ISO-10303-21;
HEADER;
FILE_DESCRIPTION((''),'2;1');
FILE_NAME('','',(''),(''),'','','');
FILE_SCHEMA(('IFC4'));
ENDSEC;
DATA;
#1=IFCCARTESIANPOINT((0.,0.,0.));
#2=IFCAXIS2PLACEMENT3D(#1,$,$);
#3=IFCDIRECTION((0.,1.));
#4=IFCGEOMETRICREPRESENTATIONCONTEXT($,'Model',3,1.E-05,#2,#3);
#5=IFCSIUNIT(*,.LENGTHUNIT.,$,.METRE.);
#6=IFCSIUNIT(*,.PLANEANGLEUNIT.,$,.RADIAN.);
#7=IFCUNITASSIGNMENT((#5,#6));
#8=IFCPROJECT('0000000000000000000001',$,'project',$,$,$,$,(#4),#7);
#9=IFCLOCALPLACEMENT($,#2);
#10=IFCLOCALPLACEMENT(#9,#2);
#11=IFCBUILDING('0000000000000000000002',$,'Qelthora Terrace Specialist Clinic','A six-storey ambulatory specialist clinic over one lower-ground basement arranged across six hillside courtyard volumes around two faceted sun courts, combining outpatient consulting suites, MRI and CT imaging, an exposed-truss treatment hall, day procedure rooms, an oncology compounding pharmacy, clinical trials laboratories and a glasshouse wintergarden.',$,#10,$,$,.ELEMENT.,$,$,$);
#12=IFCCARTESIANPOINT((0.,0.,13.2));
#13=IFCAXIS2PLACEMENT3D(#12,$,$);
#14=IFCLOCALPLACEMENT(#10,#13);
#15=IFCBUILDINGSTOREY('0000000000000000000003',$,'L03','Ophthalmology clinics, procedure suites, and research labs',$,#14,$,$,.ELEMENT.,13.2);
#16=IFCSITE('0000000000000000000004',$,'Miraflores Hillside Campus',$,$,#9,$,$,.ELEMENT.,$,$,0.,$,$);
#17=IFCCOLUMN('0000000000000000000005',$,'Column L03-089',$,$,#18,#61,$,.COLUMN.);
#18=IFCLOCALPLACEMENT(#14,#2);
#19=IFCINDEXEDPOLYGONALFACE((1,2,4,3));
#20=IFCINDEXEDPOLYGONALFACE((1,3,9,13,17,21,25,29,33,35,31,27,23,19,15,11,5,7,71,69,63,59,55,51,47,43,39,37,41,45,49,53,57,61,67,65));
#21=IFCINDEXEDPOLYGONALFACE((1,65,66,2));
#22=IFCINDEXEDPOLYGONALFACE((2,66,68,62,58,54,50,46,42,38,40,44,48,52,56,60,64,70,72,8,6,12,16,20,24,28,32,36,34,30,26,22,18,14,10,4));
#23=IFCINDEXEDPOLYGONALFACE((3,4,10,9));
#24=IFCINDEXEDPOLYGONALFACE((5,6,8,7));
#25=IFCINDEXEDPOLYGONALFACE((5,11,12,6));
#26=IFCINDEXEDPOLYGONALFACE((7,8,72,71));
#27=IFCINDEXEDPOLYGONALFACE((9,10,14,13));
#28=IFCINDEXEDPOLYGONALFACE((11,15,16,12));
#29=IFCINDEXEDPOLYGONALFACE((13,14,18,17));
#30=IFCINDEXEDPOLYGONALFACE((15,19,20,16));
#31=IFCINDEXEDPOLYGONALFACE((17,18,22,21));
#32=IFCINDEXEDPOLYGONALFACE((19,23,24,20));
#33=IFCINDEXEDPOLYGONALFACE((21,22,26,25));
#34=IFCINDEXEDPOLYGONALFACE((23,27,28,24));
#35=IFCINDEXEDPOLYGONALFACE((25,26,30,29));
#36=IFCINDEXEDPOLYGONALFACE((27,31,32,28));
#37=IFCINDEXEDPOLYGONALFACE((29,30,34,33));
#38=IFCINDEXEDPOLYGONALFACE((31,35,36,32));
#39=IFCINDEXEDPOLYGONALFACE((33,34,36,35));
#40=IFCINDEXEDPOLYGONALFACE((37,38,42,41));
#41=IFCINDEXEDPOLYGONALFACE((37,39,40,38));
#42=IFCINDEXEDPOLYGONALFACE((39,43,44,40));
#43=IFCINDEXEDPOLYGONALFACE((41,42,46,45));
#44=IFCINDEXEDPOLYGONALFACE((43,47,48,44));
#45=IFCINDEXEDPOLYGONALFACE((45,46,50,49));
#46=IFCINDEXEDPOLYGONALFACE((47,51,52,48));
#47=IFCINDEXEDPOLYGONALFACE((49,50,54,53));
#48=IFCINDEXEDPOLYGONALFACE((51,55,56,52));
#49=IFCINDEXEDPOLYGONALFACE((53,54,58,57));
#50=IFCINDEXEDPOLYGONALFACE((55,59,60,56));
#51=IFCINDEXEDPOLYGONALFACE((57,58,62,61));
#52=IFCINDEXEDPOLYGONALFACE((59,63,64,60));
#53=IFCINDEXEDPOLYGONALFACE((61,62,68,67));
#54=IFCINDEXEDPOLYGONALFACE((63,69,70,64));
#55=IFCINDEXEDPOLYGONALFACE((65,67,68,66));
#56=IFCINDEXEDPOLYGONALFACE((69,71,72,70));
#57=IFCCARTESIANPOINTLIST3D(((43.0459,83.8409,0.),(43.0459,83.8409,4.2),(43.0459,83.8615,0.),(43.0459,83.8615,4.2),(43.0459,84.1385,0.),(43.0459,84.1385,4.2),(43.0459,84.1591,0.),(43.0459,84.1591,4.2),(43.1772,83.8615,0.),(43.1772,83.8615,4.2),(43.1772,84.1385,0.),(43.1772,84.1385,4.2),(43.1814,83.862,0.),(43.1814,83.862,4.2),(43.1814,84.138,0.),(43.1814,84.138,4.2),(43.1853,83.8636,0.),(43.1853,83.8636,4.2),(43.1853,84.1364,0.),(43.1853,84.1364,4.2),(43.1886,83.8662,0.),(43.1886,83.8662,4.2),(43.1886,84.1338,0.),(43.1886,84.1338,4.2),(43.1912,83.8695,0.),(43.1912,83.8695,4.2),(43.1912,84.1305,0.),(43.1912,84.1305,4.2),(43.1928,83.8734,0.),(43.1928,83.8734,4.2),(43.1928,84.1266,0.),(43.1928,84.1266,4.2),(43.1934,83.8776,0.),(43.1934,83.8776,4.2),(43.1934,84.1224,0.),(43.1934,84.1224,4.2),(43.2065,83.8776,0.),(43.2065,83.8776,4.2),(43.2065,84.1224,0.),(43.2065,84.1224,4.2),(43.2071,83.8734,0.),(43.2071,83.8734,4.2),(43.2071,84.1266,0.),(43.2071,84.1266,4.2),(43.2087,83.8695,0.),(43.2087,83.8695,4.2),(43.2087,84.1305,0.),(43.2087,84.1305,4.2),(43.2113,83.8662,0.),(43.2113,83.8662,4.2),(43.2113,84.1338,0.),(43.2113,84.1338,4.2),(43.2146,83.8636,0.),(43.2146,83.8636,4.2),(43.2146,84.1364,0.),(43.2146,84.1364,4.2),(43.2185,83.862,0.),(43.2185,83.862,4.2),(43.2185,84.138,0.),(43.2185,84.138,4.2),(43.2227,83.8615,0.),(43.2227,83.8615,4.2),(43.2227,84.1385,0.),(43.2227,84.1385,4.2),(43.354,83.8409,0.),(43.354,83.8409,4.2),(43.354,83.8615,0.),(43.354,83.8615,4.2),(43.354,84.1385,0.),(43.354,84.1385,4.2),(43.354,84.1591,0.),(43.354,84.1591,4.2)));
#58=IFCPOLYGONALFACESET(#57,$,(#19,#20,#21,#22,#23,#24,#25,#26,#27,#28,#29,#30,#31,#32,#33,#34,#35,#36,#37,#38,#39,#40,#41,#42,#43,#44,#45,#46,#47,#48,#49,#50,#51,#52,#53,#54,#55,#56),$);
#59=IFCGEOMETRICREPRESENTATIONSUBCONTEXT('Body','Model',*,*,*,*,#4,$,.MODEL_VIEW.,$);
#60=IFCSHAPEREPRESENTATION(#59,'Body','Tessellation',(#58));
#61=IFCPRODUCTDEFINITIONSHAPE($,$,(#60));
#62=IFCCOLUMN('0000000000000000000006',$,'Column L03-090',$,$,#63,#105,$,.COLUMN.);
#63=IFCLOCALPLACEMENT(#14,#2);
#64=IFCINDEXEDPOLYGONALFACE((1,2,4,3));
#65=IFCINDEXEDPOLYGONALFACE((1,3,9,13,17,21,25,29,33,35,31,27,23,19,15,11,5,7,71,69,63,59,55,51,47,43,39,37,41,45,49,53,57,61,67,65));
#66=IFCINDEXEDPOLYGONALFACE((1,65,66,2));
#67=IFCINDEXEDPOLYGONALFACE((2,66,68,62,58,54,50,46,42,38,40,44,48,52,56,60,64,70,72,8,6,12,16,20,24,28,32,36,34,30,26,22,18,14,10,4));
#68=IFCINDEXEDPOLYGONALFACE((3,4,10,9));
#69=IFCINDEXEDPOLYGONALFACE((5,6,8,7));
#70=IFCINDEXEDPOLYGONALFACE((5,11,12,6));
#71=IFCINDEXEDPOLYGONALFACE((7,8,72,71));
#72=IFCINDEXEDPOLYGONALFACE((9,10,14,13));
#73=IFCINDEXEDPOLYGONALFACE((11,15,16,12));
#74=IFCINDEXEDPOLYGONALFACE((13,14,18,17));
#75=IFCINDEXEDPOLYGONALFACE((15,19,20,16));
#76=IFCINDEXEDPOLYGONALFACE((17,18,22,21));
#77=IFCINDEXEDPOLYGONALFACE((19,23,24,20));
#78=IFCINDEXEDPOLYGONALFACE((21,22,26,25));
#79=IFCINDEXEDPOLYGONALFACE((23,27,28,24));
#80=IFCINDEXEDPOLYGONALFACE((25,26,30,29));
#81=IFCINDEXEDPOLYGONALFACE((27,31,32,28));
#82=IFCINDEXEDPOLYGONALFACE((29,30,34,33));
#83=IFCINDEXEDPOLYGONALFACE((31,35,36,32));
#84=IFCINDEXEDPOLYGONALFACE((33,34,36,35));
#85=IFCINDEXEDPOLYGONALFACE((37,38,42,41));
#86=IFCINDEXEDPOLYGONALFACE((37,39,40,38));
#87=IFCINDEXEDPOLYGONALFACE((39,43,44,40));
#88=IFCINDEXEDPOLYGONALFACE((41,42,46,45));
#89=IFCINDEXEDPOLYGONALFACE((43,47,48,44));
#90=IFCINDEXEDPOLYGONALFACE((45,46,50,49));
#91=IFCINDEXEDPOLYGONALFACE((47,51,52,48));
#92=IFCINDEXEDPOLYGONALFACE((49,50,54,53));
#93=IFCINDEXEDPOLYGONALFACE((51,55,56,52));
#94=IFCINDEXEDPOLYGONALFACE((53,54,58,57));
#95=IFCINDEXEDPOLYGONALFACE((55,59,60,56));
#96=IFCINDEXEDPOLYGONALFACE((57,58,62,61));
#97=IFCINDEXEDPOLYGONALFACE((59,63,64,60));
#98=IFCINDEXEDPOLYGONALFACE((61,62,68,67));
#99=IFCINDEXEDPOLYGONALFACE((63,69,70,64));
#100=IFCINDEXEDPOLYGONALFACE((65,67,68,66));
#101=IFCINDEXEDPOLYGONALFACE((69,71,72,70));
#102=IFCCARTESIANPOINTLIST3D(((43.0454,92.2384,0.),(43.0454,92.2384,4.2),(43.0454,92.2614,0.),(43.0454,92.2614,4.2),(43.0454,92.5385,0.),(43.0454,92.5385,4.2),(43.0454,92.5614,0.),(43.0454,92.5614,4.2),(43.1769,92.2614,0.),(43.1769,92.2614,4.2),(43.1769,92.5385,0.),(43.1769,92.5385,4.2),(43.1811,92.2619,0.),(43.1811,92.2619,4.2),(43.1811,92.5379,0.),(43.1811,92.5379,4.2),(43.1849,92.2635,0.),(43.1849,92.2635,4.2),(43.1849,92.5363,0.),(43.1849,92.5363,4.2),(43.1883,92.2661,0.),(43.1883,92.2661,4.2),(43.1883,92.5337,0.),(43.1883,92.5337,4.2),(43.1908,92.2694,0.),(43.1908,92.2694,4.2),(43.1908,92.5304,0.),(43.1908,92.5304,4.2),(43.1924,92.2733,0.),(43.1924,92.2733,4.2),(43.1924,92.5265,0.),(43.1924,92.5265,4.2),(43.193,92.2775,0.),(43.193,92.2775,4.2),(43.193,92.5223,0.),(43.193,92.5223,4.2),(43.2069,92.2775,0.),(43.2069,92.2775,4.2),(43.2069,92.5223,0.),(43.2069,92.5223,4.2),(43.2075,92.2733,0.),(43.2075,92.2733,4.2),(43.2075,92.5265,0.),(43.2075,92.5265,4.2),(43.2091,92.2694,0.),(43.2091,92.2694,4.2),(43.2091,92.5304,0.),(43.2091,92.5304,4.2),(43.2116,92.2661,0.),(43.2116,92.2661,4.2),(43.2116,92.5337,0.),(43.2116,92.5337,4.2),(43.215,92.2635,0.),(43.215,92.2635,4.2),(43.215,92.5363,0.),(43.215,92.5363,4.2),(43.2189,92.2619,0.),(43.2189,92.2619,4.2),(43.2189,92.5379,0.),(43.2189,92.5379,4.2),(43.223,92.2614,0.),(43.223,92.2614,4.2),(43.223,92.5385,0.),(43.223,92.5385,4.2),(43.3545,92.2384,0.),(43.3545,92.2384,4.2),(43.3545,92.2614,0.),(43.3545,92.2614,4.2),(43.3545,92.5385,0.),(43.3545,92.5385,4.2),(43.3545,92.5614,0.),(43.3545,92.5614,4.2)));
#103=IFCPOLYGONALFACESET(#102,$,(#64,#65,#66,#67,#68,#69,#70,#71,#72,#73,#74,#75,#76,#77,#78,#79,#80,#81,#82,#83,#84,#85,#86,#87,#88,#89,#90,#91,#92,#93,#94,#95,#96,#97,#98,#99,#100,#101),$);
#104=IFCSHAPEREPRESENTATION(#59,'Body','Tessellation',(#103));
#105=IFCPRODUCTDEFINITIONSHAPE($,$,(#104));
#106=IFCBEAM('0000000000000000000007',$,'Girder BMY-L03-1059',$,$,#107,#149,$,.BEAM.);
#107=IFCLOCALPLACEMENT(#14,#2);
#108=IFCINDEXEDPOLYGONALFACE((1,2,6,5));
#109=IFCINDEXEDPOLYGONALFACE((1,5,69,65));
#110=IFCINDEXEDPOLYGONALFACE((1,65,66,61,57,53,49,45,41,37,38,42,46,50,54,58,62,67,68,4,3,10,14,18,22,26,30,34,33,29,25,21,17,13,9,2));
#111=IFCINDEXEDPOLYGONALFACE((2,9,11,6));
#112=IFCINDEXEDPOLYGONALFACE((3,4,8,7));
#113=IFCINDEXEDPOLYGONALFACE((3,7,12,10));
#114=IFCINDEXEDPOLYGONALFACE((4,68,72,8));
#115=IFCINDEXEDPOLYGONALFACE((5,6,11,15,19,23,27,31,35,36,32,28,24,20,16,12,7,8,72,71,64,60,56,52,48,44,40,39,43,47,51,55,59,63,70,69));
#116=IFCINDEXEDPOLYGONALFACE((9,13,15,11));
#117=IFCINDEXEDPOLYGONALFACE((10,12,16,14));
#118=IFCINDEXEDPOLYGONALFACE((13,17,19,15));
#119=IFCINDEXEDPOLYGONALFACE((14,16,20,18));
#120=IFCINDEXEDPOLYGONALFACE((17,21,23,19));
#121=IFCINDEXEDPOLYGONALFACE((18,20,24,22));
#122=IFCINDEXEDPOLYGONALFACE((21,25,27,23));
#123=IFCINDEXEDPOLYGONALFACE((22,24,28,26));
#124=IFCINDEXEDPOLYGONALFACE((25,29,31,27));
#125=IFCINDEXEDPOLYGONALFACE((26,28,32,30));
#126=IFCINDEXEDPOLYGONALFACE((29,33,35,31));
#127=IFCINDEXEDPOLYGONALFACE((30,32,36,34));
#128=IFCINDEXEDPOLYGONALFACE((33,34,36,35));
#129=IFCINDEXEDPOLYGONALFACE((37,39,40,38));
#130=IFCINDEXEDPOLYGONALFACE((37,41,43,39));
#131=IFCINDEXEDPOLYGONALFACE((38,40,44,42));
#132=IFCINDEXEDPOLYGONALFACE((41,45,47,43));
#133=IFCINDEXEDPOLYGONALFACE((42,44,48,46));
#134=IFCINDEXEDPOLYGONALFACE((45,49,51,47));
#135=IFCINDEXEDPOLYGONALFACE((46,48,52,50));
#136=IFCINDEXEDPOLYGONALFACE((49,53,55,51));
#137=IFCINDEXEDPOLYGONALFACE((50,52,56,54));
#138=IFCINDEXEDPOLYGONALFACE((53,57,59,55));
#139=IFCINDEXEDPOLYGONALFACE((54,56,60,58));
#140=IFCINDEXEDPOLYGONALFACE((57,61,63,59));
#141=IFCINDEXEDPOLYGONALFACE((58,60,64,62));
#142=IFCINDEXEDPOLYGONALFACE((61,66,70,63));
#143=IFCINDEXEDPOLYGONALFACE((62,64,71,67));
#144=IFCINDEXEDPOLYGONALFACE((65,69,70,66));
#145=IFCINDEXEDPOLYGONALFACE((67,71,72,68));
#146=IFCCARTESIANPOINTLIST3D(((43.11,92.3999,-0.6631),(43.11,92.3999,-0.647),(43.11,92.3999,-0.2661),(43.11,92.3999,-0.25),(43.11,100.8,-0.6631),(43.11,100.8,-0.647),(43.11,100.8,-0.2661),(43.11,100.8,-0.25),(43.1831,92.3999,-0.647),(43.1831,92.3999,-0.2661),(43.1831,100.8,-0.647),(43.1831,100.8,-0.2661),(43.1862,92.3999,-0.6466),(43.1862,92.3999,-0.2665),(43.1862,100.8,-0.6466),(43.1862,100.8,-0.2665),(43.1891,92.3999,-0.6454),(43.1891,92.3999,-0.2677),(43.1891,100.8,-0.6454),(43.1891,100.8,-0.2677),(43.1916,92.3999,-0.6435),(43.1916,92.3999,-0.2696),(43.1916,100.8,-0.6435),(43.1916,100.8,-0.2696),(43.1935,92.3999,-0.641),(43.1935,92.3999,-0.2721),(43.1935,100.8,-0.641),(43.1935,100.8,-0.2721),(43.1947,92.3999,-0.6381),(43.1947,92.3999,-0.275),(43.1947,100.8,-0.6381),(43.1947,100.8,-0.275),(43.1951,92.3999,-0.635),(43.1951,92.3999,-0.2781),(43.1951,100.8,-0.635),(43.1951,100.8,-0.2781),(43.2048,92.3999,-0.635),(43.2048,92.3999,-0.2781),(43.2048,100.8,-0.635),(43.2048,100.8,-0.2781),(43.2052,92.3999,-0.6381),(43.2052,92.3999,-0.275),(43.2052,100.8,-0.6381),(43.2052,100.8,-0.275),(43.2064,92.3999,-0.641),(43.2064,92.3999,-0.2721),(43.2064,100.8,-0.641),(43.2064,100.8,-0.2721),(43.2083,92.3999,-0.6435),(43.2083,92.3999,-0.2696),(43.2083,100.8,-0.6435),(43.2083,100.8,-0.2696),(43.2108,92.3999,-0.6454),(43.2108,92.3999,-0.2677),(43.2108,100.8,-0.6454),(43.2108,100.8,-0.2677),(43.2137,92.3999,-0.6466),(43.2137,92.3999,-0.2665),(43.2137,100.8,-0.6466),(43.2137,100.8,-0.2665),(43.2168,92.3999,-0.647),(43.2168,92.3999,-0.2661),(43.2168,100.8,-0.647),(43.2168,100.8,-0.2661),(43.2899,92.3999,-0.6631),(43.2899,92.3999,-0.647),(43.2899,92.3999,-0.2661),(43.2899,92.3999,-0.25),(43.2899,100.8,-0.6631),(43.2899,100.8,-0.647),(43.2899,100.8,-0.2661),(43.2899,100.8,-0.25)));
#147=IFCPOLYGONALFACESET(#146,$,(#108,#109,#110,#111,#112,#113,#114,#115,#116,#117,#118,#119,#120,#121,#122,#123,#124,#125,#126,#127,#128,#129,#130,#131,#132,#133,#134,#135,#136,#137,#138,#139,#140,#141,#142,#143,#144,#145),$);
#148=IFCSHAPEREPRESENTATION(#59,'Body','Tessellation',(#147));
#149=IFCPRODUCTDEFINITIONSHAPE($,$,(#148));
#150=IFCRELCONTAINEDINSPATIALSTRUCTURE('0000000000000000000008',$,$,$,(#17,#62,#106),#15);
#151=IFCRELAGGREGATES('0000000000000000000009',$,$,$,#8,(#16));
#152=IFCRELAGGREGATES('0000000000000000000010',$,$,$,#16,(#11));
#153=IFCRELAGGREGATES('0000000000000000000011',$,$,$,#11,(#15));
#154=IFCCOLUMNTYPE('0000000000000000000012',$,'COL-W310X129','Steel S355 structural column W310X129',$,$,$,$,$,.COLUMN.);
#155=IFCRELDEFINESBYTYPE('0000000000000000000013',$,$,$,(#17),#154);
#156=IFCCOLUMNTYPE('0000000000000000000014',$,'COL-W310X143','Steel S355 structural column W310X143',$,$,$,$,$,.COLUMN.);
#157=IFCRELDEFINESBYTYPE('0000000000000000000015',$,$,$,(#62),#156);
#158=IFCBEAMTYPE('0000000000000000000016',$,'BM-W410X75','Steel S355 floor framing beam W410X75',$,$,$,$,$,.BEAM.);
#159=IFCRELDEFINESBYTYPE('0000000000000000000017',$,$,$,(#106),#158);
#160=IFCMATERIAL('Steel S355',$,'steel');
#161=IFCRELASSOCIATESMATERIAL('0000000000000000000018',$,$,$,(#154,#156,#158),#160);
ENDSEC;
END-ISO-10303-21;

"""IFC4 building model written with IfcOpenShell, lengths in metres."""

from ifc_helpers import new_model, si_unit, direction, frame, origin, origin_2d, place, context, subcontext, project, spatial, i_section, extrude, material, material_profile, profile_set, type_object, element, save


model = new_model("IFC4")

# Units and contexts
model_context = context("Model", 3, precision=1e-05, world=origin(), true_north=direction((0.0, 1.0)))
body_context = subcontext(model_context, "Body", "Model", "MODEL_VIEW")
ifc_project = project(units=[si_unit("LENGTHUNIT", "METRE"), si_unit("PLANEANGLEUNIT", "RADIAN")], contexts=[model_context])

# Site, building, storey
site_placement = place(None, origin())
site = spatial("IfcSite", under=ifc_project, at=site_placement, Name="Miraflores Hillside Campus", CompositionType="ELEMENT", RefElevation=0.0)
building_placement = place(site_placement, origin())
building = spatial("IfcBuilding", under=site, at=building_placement, Name="Qelthora Terrace Specialist Clinic", Description="A six-storey ambulatory specialist clinic over one lower-ground basement arranged across six hillside courtyard volumes around two faceted sun courts, combining outpatient consulting suites, MRI and CT imaging, an exposed-truss treatment hall, day procedure rooms, an oncology compounding pharmacy, clinical trials laboratories and a glasshouse wintergarden.", CompositionType="ELEMENT")
storey_placement = place(building_placement, frame((0.0, 0.0, 13.2)))
storey = spatial("IfcBuildingStorey", under=building, at=storey_placement, Name="L03", Description="Ophthalmology clinics, procedure suites, and research labs", CompositionType="ELEMENT", Elevation=13.2)

# Columns
ifc_material_1 = material(Name="Steel S355", Category="steel")
ifc_material_profile_1 = material_profile(ifc_material_1, i_section(OverallWidth=0.3081, OverallDepth=0.3181, WebThickness=0.0132, FlangeThickness=0.0205, FilletRadius=0.0161, at=origin_2d()), Name="W310X129")
ifc_profile_set_1 = profile_set([ifc_material_profile_1], Name="Steel S355")
column_type_1 = type_object("IfcColumnType", Name="COL-W310X129", Description="Steel S355 structural column W310X129", PredefinedType="COLUMN", material=ifc_profile_set_1)
column_1_placement = place(storey_placement, frame((43.2, 84.0, 0.0), z_axis=(0.0, 0.0, 1.0), x_axis=(1.0, 0.0, 0.0)))
element("IfcColumn", 1, at=column_1_placement, inside=storey, type_object=column_type_1, Name="Column L03-089", PredefinedType="COLUMN", context=body_context, shape_type="SweptSolid", body=[
    extrude(i_section(OverallWidth=0.3081, OverallDepth=0.3181, WebThickness=0.0132, FlangeThickness=0.0205, FilletRadius=0.0161, at=origin_2d()), origin(), (0.0, 0.0, 1.0), 4.2),
])
ifc_material_profile_2 = material_profile(ifc_material_1, i_section(OverallWidth=0.3091, OverallDepth=0.323, WebThickness=0.0139, FlangeThickness=0.0229, FilletRadius=0.0161, at=origin_2d()), Name="W310X143")
ifc_profile_set_2 = profile_set([ifc_material_profile_2], Name="Steel S355")
column_type_2 = type_object("IfcColumnType", Name="COL-W310X143", Description="Steel S355 structural column W310X143", PredefinedType="COLUMN", material=ifc_profile_set_2)
column_2_placement = place(storey_placement, frame((43.2, 92.3999, 0.0), z_axis=(0.0, 0.0, 1.0), x_axis=(1.0, 0.0, 0.0)))
element("IfcColumn", 2, at=column_2_placement, inside=storey, type_object=column_type_2, Name="Column L03-090", PredefinedType="COLUMN", context=body_context, shape_type="SweptSolid", body=[
    extrude(i_section(OverallWidth=0.3091, OverallDepth=0.323, WebThickness=0.0139, FlangeThickness=0.0229, FilletRadius=0.0161, at=origin_2d()), origin(), (0.0, 0.0, 1.0), 4.2),
])

# Beam
ifc_material_profile_3 = material_profile(ifc_material_1, i_section(OverallWidth=0.1799, OverallDepth=0.4131, WebThickness=0.0098, FlangeThickness=0.0161, FilletRadius=0.012, at=origin_2d()), Name="W410X75")
ifc_profile_set_3 = profile_set([ifc_material_profile_3], Name="Steel S355")
beam_type_1 = type_object("IfcBeamType", Name="BM-W410X75", Description="Steel S355 floor framing beam W410X75", PredefinedType="BEAM", material=ifc_profile_set_3)
beam_1_placement = place(storey_placement, frame((43.2, 92.3999, -0.4565), z_axis=(0.0, 1.0, 0.0), x_axis=(-1.0, 0.0, 0.0)))
element("IfcBeam", 3, at=beam_1_placement, inside=storey, type_object=beam_type_1, Name="Girder BMY-L03-1059", PredefinedType="BEAM", context=body_context, shape_type="SweptSolid", body=[
    extrude(i_section(OverallWidth=0.1799, OverallDepth=0.4131, WebThickness=0.0098, FlangeThickness=0.0161, FilletRadius=0.012, at=origin_2d()), origin(), (0.0, 0.0, 1.0), 8.4001),
])

save(model, "model.ifc")
